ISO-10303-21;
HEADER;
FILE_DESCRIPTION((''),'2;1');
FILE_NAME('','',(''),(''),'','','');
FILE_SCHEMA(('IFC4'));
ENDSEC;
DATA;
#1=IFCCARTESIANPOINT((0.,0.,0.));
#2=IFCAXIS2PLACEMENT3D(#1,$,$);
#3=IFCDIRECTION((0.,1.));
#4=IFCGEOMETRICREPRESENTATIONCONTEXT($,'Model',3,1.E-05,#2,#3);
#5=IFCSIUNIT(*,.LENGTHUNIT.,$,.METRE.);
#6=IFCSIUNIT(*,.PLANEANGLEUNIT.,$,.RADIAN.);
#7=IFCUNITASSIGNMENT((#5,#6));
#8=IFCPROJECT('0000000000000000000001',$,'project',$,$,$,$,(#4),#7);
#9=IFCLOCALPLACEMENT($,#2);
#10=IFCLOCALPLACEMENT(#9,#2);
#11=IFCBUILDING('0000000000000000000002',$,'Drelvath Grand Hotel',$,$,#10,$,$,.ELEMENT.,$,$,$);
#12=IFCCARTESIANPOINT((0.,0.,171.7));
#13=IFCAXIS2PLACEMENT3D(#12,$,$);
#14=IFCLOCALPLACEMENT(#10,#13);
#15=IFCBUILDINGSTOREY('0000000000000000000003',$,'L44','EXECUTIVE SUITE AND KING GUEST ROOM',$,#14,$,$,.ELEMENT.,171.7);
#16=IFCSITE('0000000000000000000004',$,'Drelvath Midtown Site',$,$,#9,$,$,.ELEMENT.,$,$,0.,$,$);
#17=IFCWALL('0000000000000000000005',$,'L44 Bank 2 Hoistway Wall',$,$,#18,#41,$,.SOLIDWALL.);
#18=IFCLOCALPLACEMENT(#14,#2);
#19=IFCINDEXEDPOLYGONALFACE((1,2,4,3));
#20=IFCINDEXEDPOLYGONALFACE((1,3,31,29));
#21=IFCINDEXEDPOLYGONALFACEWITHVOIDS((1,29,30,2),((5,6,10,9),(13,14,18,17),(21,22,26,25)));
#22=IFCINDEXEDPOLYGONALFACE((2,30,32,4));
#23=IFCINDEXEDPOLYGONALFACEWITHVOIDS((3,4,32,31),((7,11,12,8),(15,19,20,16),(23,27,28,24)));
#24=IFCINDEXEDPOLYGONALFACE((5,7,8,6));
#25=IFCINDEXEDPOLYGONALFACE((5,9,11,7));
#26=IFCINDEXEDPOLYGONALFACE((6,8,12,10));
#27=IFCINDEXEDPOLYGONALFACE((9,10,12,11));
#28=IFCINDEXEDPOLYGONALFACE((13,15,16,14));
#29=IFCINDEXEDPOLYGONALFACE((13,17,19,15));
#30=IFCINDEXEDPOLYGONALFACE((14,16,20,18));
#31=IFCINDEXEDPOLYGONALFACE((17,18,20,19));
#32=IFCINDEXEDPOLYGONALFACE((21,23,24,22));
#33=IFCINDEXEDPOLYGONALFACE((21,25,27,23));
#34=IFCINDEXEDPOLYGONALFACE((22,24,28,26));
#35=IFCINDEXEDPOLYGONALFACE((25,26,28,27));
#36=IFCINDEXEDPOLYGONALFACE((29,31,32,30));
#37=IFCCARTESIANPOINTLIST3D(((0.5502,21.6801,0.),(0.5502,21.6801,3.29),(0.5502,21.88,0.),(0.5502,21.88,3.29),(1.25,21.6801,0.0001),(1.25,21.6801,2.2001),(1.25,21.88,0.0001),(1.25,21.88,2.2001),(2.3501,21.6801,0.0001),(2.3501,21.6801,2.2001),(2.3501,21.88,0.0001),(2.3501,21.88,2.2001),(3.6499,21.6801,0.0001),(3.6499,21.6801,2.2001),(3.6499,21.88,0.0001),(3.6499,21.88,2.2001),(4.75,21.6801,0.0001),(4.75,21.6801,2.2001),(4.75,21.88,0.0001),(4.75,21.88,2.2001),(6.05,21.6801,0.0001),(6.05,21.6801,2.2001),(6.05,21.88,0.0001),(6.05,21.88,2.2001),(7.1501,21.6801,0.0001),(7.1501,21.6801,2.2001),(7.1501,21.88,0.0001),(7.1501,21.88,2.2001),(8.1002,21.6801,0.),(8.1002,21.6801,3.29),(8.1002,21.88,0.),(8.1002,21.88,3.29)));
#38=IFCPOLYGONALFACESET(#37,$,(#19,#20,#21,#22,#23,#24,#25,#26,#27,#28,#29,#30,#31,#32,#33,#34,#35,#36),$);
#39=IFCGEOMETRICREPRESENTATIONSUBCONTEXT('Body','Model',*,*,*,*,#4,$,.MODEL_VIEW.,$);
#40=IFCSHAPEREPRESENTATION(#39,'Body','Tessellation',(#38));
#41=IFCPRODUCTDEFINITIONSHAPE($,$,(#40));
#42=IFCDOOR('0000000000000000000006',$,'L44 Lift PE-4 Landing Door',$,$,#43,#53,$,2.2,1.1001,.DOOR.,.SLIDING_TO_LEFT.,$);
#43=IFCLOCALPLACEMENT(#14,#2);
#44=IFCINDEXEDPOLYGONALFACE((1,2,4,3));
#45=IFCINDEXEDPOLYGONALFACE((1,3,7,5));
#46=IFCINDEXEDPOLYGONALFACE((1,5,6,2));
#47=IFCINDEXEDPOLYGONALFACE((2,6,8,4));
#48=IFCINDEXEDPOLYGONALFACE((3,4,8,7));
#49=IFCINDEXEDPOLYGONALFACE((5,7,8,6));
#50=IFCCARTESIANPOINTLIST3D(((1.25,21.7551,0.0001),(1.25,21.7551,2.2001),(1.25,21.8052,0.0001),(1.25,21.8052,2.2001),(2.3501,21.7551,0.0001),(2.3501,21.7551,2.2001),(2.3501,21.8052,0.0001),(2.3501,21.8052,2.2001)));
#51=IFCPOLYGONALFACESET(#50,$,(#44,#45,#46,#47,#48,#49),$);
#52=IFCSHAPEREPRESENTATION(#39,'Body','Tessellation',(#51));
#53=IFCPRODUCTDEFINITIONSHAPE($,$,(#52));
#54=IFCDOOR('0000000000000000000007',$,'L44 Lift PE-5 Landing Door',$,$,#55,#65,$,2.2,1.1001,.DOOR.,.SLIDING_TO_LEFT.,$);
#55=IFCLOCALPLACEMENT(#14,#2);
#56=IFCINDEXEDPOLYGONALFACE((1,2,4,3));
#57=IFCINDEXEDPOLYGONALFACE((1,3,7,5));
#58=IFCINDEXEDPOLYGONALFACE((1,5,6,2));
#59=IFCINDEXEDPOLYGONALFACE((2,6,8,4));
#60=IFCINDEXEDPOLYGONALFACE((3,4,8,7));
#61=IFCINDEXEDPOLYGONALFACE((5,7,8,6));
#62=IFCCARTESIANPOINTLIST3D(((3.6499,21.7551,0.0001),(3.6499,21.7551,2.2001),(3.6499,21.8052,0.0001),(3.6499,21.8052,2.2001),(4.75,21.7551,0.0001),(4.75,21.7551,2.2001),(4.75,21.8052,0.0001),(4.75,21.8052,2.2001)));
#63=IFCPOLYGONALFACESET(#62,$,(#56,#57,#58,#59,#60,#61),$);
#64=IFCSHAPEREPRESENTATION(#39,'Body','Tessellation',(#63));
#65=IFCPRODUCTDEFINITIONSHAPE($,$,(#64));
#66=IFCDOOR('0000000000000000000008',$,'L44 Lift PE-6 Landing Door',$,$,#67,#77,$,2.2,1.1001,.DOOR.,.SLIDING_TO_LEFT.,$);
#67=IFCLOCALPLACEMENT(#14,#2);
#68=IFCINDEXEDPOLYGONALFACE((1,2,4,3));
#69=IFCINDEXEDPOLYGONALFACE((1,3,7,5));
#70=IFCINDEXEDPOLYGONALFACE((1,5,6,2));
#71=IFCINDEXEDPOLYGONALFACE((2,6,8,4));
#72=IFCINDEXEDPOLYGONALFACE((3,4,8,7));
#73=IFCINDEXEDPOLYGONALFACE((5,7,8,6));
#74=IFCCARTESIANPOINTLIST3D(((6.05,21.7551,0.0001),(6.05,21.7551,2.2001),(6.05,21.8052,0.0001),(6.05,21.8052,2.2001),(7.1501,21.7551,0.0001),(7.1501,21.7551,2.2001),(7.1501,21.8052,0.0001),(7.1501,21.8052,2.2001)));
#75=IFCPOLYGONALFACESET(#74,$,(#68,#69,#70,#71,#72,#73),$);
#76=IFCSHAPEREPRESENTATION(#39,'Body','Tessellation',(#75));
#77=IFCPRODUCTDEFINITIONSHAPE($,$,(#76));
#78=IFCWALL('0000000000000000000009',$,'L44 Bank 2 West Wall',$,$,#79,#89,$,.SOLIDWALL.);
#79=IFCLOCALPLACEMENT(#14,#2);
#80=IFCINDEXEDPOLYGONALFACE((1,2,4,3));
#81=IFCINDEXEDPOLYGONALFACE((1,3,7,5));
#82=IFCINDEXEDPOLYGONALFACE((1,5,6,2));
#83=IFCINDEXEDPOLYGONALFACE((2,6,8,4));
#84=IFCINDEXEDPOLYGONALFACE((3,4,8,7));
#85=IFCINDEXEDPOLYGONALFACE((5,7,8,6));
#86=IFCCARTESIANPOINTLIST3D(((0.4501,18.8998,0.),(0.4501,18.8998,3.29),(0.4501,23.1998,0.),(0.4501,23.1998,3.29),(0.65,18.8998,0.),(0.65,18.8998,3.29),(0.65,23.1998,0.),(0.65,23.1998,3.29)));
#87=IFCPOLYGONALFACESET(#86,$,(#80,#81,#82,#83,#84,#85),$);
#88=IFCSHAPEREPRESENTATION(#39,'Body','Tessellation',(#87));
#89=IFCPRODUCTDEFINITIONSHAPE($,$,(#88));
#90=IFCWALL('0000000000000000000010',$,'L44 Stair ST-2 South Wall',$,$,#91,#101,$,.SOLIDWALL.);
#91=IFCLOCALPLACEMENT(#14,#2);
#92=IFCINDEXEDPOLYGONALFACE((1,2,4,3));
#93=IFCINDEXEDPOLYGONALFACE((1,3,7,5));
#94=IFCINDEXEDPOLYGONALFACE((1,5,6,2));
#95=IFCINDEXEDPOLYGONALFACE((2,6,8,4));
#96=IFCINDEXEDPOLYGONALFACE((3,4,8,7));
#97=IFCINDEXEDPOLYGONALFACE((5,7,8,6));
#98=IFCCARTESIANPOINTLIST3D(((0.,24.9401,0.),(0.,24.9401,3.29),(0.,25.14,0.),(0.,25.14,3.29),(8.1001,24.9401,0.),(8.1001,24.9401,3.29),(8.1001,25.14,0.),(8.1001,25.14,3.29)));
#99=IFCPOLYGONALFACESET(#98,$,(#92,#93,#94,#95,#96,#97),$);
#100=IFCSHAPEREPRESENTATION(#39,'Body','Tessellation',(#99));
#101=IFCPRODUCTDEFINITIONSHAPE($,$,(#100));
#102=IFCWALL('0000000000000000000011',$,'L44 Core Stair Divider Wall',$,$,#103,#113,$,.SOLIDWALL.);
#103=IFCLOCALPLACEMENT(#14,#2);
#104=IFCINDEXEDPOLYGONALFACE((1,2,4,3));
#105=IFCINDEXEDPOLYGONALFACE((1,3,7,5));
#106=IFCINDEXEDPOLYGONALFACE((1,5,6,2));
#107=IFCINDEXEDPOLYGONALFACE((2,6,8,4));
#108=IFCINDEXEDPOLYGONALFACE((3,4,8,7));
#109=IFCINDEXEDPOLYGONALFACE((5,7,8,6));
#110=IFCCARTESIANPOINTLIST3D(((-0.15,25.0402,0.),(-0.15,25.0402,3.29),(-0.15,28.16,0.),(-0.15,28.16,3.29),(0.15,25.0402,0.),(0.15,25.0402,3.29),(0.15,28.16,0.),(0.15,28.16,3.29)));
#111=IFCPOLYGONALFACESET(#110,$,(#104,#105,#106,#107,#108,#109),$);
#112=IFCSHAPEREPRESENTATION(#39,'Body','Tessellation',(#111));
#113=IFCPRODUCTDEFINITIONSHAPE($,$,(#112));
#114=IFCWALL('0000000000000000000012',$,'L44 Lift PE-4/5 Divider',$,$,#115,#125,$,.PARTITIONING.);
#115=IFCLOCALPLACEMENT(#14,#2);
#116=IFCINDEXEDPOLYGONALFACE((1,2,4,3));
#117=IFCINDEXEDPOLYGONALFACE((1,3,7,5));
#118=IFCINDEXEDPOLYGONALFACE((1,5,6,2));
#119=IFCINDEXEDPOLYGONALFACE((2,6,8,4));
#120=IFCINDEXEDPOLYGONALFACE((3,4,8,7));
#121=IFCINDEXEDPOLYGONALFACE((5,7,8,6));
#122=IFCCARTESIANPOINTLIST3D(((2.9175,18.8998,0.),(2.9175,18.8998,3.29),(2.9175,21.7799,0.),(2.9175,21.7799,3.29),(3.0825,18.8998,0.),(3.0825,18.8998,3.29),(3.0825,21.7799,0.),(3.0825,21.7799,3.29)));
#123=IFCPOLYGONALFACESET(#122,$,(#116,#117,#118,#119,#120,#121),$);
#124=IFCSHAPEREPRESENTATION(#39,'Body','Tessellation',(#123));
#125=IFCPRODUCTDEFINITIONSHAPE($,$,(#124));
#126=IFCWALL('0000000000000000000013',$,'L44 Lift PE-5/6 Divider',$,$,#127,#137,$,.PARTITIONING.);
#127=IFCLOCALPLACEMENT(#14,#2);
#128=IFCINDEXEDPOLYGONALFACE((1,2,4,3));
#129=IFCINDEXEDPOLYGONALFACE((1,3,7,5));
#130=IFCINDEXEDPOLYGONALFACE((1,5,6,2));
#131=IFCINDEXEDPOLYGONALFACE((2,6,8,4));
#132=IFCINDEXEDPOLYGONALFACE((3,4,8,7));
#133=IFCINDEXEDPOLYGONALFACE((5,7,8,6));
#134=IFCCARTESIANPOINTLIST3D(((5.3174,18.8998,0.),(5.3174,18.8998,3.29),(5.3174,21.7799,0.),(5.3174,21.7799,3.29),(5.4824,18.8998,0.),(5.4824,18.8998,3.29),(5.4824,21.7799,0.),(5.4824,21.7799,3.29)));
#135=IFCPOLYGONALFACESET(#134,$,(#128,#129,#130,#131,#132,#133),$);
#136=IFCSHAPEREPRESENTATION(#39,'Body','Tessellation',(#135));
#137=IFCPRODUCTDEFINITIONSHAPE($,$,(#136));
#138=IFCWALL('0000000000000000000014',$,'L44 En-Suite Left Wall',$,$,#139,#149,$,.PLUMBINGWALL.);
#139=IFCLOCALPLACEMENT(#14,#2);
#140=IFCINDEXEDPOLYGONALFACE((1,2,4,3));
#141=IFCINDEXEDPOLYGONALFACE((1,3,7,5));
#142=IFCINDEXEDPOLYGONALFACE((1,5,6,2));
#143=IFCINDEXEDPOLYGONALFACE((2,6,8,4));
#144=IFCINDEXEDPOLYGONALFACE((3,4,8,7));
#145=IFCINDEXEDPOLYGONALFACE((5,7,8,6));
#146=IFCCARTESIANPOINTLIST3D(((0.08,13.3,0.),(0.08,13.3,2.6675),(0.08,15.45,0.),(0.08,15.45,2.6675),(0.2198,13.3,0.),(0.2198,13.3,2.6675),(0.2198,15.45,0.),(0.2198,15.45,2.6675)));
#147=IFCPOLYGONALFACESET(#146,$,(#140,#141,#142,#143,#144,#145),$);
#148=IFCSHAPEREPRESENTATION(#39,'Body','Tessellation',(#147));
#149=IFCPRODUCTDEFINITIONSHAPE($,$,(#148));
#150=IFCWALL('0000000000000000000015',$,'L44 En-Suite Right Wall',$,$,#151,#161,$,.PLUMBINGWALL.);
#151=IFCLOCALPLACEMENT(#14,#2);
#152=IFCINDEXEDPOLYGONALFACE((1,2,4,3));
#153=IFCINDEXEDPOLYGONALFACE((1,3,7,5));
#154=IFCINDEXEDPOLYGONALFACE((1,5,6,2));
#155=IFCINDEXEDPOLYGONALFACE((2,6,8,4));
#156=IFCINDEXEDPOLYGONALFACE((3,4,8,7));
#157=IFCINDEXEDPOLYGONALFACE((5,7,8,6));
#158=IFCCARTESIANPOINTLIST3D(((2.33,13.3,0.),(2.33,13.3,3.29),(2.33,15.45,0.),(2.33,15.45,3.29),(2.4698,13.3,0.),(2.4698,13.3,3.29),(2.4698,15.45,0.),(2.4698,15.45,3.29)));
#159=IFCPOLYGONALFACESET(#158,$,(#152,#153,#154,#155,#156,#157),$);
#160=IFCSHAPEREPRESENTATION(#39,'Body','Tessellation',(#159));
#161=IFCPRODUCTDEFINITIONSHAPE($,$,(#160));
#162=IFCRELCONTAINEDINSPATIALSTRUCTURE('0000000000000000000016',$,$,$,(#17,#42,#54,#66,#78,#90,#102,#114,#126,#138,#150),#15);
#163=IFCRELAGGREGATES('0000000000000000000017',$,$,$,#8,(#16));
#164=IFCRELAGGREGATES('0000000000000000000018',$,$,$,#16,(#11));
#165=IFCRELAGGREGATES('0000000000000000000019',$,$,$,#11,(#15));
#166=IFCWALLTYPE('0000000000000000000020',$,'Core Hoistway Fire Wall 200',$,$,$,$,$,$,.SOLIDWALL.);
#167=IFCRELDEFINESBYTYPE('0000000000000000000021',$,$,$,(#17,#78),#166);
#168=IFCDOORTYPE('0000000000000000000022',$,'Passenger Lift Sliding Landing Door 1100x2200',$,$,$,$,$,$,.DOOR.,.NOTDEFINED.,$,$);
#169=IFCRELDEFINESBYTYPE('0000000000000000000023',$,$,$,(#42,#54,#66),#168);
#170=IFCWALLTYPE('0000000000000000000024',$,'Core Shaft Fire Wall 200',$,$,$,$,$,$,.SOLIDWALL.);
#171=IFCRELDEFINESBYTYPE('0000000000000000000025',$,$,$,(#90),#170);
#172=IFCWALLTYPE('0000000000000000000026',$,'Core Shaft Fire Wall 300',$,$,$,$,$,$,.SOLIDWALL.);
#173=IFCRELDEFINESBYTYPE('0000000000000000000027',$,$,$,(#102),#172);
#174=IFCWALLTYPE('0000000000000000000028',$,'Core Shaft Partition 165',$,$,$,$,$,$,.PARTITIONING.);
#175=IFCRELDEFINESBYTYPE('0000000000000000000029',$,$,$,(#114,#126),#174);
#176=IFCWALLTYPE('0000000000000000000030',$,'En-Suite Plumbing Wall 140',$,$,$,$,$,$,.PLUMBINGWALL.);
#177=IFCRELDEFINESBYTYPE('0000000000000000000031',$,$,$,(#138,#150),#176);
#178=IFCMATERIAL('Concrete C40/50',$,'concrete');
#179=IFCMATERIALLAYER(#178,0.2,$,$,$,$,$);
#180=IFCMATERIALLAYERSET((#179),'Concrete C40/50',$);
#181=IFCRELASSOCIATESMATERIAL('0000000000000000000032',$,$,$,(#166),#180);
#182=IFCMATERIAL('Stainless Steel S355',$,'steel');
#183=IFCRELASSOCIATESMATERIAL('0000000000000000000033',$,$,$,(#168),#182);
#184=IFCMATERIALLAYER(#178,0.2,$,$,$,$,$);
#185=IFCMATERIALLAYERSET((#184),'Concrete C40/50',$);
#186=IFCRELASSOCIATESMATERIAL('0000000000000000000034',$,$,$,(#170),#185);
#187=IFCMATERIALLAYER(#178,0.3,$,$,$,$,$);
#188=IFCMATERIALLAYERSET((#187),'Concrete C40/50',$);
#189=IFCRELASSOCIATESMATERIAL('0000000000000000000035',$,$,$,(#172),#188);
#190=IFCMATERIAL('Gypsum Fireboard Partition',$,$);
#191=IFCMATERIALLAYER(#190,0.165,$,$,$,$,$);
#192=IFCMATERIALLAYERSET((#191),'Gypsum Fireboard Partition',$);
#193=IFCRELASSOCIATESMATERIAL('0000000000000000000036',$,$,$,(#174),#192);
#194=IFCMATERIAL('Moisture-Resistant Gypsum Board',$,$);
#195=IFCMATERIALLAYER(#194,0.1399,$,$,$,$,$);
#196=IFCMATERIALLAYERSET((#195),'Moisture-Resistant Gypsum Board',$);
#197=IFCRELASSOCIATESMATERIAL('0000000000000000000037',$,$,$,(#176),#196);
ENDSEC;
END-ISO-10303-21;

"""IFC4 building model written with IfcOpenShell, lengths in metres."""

from ifc_helpers import new_model, si_unit, direction, frame, frame_2d, origin, place, context, subcontext, project, spatial, rectangle, extrude, material, layer, layer_set, type_object, element, fill, save


model = new_model("IFC4")

# Units and contexts
model_context = context("Model", 3, precision=1e-05, world=origin(), true_north=direction((0.0, 1.0)))
body_context = subcontext(model_context, "Body", "Model", "MODEL_VIEW")
ifc_project = project(units=[si_unit("LENGTHUNIT", "METRE"), si_unit("PLANEANGLEUNIT", "RADIAN")], contexts=[model_context])

# Site, building, storey
site_placement = place(None, origin())
site = spatial("IfcSite", under=ifc_project, at=site_placement, Name="Drelvath Midtown Site", CompositionType="ELEMENT", RefElevation=0.0)
building_placement = place(site_placement, origin())
building = spatial("IfcBuilding", under=site, at=building_placement, Name="Drelvath Grand Hotel", CompositionType="ELEMENT")
storey_placement = place(building_placement, frame((0.0, 0.0, 171.7)))
storey = spatial("IfcBuildingStorey", under=building, at=storey_placement, Name="L44", Description="EXECUTIVE SUITE AND KING GUEST ROOM", CompositionType="ELEMENT", Elevation=171.7)

# Wall, openings, doors
ifc_material_1 = material(Name="Concrete C40/50", Category="concrete")
ifc_layer_1 = layer(ifc_material_1, 0.2)
ifc_layer_set_1 = layer_set([ifc_layer_1], Name="Concrete C40/50")
wall_type_1 = type_object("IfcWallType", Name="Core Hoistway Fire Wall 200", PredefinedType="SOLIDWALL", material=ifc_layer_set_1)
wall_1_placement = place(storey_placement, frame((8.1001, 21.78, 0.0), z_axis=(0.0, 0.0, 1.0), x_axis=(-1.0, 0.0, 0.0)))
wall_1 = element("IfcWall", 1, at=wall_1_placement, inside=storey, type_object=wall_type_1, Name="L44 Bank 2 Hoistway Wall", PredefinedType="SOLIDWALL", context=body_context, shape_type="SweptSolid", body=[
    extrude(rectangle(XDim=7.55, YDim=0.2, at=frame_2d((3.7749, 0.0))), origin(), (0.0, 0.0, 1.0), 3.29),
])
opening_1_placement = place(wall_1_placement, frame((5.75, 0.0, 0.0)))
opening_1 = element("IfcOpeningElement", 2, at=opening_1_placement, cuts=wall_1, PredefinedType="OPENING", context=body_context, shape_type="SweptSolid", body=[
    extrude(rectangle(XDim=1.1001, YDim=2.2, at=frame_2d((0.55, 1.1001))), frame((0.0, 0.1099, 0.0), z_axis=(0.0, -1.0, 0.0), x_axis=(1.0, 0.0, 0.0)), (0.0, 0.0, 1.0), 0.22),
])
opening_2_placement = place(wall_1_placement, frame((3.3501, 0.0, 0.0)))
opening_2 = element("IfcOpeningElement", 3, at=opening_2_placement, cuts=wall_1, PredefinedType="OPENING", context=body_context, shape_type="SweptSolid", body=[
    extrude(rectangle(XDim=1.1001, YDim=2.2, at=frame_2d((0.55, 1.1001))), frame((0.0, 0.1099, 0.0), z_axis=(0.0, -1.0, 0.0), x_axis=(1.0, 0.0, 0.0)), (0.0, 0.0, 1.0), 0.22),
])
opening_3_placement = place(wall_1_placement, frame((0.95, 0.0, 0.0)))
opening_3 = element("IfcOpeningElement", 4, at=opening_3_placement, cuts=wall_1, PredefinedType="OPENING", context=body_context, shape_type="SweptSolid", body=[
    extrude(rectangle(XDim=1.1001, YDim=2.2, at=frame_2d((0.55, 1.1001))), frame((0.0, 0.1099, 0.0), z_axis=(0.0, -1.0, 0.0), x_axis=(1.0, 0.0, 0.0)), (0.0, 0.0, 1.0), 0.22),
])
ifc_material_2 = material(Name="Stainless Steel S355", Category="steel")
door_type_1 = type_object("IfcDoorType", Name="Passenger Lift Sliding Landing Door 1100x2200", OperationType="NOTDEFINED", PredefinedType="DOOR", material=ifc_material_2)
door_1_placement = place(opening_1_placement, origin())
door_1 = element("IfcDoor", 5, at=door_1_placement, inside=storey, type_object=door_type_1, Name="L44 Lift PE-4 Landing Door", OperationType="SLIDING_TO_LEFT", OverallHeight=2.2, OverallWidth=1.1001, PredefinedType="DOOR", context=body_context, shape_type="SweptSolid", body=[
    extrude(rectangle(XDim=1.1001, YDim=2.2, at=frame_2d((0.55, 1.1001))), frame((0.0, 0.0249, 0.0), z_axis=(0.0, -1.0, 0.0), x_axis=(1.0, 0.0, 0.0)), (0.0, 0.0, 1.0), 0.05),
])
fill(opening_1, door_1)
door_2_placement = place(opening_2_placement, origin())
door_2 = element("IfcDoor", 6, at=door_2_placement, inside=storey, type_object=door_type_1, Name="L44 Lift PE-5 Landing Door", OperationType="SLIDING_TO_LEFT", OverallHeight=2.2, OverallWidth=1.1001, PredefinedType="DOOR", context=body_context, shape_type="SweptSolid", body=[
    extrude(rectangle(XDim=1.1001, YDim=2.2, at=frame_2d((0.55, 1.1001))), frame((0.0, 0.0249, 0.0), z_axis=(0.0, -1.0, 0.0), x_axis=(1.0, 0.0, 0.0)), (0.0, 0.0, 1.0), 0.05),
])
fill(opening_2, door_2)
door_3_placement = place(opening_3_placement, origin())
door_3 = element("IfcDoor", 7, at=door_3_placement, inside=storey, type_object=door_type_1, Name="L44 Lift PE-6 Landing Door", OperationType="SLIDING_TO_LEFT", OverallHeight=2.2, OverallWidth=1.1001, PredefinedType="DOOR", context=body_context, shape_type="SweptSolid", body=[
    extrude(rectangle(XDim=1.1001, YDim=2.2, at=frame_2d((0.55, 1.1001))), frame((0.0, 0.0249, 0.0), z_axis=(0.0, -1.0, 0.0), x_axis=(1.0, 0.0, 0.0)), (0.0, 0.0, 1.0), 0.05),
])
fill(opening_3, door_3)

# Walls
wall_2_placement = place(storey_placement, frame((0.55, 18.8999, 0.0), z_axis=(0.0, 0.0, 1.0), x_axis=(0.0, 1.0, 0.0)))
element("IfcWall", 8, at=wall_2_placement, inside=storey, type_object=wall_type_1, Name="L44 Bank 2 West Wall", PredefinedType="SOLIDWALL", context=body_context, shape_type="SweptSolid", body=[
    extrude(rectangle(XDim=4.3, YDim=0.2, at=frame_2d((2.1499, 0.0))), origin(), (0.0, 0.0, 1.0), 3.29),
])
ifc_layer_2 = layer(ifc_material_1, 0.2)
ifc_layer_set_2 = layer_set([ifc_layer_2], Name="Concrete C40/50")
wall_type_2 = type_object("IfcWallType", Name="Core Shaft Fire Wall 200", PredefinedType="SOLIDWALL", material=ifc_layer_set_2)
wall_3_placement = place(storey_placement, frame((0.0, 25.04, 0.0), z_axis=(0.0, 0.0, 1.0), x_axis=(1.0, 0.0, 0.0)))
element("IfcWall", 9, at=wall_3_placement, inside=storey, type_object=wall_type_2, Name="L44 Stair ST-2 South Wall", PredefinedType="SOLIDWALL", context=body_context, shape_type="SweptSolid", body=[
    extrude(rectangle(XDim=8.1001, YDim=0.2, at=frame_2d((4.05, 0.0))), origin(), (0.0, 0.0, 1.0), 3.29),
])
ifc_layer_3 = layer(ifc_material_1, 0.3)
ifc_layer_set_3 = layer_set([ifc_layer_3], Name="Concrete C40/50")
wall_type_3 = type_object("IfcWallType", Name="Core Shaft Fire Wall 300", PredefinedType="SOLIDWALL", material=ifc_layer_set_3)
wall_4_placement = place(storey_placement, frame((0.0, 25.04, 0.0), z_axis=(0.0, 0.0, 1.0), x_axis=(0.0, 1.0, 0.0)))
element("IfcWall", 10, at=wall_4_placement, inside=storey, type_object=wall_type_3, Name="L44 Core Stair Divider Wall", PredefinedType="SOLIDWALL", context=body_context, shape_type="SweptSolid", body=[
    extrude(rectangle(XDim=3.1199, YDim=0.3, at=frame_2d((1.5601, 0.0))), origin(), (0.0, 0.0, 1.0), 3.29),
])
ifc_material_3 = material(Name="Gypsum Fireboard Partition")
ifc_layer_4 = layer(ifc_material_3, 0.165)
ifc_layer_set_4 = layer_set([ifc_layer_4], Name="Gypsum Fireboard Partition")
wall_type_4 = type_object("IfcWallType", Name="Core Shaft Partition 165", PredefinedType="PARTITIONING", material=ifc_layer_set_4)
for number, where, z_axis, x_axis, name in (
    (11, (3.0, 18.8999, 0.0), (0.0, 0.0, 1.0), (0.0, 1.0, 0.0), "L44 Lift PE-4/5 Divider"),
    (12, (5.3999, 18.8999, 0.0), (0.0, 0.0, 1.0), (0.0, 1.0, 0.0), "L44 Lift PE-5/6 Divider"),
):
    element("IfcWall", number, at=place(storey_placement, frame(where, z_axis=z_axis, x_axis=x_axis)), inside=storey, type_object=wall_type_4, Name=name, PredefinedType="PARTITIONING", context=body_context, shape_type="SweptSolid", body=[
        extrude(rectangle(XDim=2.8801, YDim=0.165, at=frame_2d((1.4399, 0.0))), origin(), (0.0, 0.0, 1.0), 3.29),
    ])
ifc_material_4 = material(Name="Moisture-Resistant Gypsum Board")
ifc_layer_5 = layer(ifc_material_4, 0.1399)
ifc_layer_set_5 = layer_set([ifc_layer_5], Name="Moisture-Resistant Gypsum Board")
wall_type_5 = type_object("IfcWallType", Name="En-Suite Plumbing Wall 140", PredefinedType="PLUMBINGWALL", material=ifc_layer_set_5)
wall_5_placement = place(storey_placement, frame((0.1499, 15.45, 0.0), z_axis=(0.0, 0.0, 1.0), x_axis=(0.0, -1.0, 0.0)))
element("IfcWall", 13, at=wall_5_placement, inside=storey, type_object=wall_type_5, Name="L44 En-Suite Left Wall", PredefinedType="PLUMBINGWALL", context=body_context, shape_type="SweptSolid", body=[
    extrude(rectangle(XDim=2.1499, YDim=0.1399, at=frame_2d((1.075, 0.0))), origin(), (0.0, 0.0, 1.0), 2.6675),
])
wall_6_placement = place(storey_placement, frame((2.3999, 15.45, 0.0), z_axis=(0.0, 0.0, 1.0), x_axis=(0.0, -1.0, 0.0)))
element("IfcWall", 14, at=wall_6_placement, inside=storey, type_object=wall_type_5, Name="L44 En-Suite Right Wall", PredefinedType="PLUMBINGWALL", context=body_context, shape_type="SweptSolid", body=[
    extrude(rectangle(XDim=2.1499, YDim=0.1399, at=frame_2d((1.075, 0.0))), origin(), (0.0, 0.0, 1.0), 3.29),
])

save(model, "model.ifc")
